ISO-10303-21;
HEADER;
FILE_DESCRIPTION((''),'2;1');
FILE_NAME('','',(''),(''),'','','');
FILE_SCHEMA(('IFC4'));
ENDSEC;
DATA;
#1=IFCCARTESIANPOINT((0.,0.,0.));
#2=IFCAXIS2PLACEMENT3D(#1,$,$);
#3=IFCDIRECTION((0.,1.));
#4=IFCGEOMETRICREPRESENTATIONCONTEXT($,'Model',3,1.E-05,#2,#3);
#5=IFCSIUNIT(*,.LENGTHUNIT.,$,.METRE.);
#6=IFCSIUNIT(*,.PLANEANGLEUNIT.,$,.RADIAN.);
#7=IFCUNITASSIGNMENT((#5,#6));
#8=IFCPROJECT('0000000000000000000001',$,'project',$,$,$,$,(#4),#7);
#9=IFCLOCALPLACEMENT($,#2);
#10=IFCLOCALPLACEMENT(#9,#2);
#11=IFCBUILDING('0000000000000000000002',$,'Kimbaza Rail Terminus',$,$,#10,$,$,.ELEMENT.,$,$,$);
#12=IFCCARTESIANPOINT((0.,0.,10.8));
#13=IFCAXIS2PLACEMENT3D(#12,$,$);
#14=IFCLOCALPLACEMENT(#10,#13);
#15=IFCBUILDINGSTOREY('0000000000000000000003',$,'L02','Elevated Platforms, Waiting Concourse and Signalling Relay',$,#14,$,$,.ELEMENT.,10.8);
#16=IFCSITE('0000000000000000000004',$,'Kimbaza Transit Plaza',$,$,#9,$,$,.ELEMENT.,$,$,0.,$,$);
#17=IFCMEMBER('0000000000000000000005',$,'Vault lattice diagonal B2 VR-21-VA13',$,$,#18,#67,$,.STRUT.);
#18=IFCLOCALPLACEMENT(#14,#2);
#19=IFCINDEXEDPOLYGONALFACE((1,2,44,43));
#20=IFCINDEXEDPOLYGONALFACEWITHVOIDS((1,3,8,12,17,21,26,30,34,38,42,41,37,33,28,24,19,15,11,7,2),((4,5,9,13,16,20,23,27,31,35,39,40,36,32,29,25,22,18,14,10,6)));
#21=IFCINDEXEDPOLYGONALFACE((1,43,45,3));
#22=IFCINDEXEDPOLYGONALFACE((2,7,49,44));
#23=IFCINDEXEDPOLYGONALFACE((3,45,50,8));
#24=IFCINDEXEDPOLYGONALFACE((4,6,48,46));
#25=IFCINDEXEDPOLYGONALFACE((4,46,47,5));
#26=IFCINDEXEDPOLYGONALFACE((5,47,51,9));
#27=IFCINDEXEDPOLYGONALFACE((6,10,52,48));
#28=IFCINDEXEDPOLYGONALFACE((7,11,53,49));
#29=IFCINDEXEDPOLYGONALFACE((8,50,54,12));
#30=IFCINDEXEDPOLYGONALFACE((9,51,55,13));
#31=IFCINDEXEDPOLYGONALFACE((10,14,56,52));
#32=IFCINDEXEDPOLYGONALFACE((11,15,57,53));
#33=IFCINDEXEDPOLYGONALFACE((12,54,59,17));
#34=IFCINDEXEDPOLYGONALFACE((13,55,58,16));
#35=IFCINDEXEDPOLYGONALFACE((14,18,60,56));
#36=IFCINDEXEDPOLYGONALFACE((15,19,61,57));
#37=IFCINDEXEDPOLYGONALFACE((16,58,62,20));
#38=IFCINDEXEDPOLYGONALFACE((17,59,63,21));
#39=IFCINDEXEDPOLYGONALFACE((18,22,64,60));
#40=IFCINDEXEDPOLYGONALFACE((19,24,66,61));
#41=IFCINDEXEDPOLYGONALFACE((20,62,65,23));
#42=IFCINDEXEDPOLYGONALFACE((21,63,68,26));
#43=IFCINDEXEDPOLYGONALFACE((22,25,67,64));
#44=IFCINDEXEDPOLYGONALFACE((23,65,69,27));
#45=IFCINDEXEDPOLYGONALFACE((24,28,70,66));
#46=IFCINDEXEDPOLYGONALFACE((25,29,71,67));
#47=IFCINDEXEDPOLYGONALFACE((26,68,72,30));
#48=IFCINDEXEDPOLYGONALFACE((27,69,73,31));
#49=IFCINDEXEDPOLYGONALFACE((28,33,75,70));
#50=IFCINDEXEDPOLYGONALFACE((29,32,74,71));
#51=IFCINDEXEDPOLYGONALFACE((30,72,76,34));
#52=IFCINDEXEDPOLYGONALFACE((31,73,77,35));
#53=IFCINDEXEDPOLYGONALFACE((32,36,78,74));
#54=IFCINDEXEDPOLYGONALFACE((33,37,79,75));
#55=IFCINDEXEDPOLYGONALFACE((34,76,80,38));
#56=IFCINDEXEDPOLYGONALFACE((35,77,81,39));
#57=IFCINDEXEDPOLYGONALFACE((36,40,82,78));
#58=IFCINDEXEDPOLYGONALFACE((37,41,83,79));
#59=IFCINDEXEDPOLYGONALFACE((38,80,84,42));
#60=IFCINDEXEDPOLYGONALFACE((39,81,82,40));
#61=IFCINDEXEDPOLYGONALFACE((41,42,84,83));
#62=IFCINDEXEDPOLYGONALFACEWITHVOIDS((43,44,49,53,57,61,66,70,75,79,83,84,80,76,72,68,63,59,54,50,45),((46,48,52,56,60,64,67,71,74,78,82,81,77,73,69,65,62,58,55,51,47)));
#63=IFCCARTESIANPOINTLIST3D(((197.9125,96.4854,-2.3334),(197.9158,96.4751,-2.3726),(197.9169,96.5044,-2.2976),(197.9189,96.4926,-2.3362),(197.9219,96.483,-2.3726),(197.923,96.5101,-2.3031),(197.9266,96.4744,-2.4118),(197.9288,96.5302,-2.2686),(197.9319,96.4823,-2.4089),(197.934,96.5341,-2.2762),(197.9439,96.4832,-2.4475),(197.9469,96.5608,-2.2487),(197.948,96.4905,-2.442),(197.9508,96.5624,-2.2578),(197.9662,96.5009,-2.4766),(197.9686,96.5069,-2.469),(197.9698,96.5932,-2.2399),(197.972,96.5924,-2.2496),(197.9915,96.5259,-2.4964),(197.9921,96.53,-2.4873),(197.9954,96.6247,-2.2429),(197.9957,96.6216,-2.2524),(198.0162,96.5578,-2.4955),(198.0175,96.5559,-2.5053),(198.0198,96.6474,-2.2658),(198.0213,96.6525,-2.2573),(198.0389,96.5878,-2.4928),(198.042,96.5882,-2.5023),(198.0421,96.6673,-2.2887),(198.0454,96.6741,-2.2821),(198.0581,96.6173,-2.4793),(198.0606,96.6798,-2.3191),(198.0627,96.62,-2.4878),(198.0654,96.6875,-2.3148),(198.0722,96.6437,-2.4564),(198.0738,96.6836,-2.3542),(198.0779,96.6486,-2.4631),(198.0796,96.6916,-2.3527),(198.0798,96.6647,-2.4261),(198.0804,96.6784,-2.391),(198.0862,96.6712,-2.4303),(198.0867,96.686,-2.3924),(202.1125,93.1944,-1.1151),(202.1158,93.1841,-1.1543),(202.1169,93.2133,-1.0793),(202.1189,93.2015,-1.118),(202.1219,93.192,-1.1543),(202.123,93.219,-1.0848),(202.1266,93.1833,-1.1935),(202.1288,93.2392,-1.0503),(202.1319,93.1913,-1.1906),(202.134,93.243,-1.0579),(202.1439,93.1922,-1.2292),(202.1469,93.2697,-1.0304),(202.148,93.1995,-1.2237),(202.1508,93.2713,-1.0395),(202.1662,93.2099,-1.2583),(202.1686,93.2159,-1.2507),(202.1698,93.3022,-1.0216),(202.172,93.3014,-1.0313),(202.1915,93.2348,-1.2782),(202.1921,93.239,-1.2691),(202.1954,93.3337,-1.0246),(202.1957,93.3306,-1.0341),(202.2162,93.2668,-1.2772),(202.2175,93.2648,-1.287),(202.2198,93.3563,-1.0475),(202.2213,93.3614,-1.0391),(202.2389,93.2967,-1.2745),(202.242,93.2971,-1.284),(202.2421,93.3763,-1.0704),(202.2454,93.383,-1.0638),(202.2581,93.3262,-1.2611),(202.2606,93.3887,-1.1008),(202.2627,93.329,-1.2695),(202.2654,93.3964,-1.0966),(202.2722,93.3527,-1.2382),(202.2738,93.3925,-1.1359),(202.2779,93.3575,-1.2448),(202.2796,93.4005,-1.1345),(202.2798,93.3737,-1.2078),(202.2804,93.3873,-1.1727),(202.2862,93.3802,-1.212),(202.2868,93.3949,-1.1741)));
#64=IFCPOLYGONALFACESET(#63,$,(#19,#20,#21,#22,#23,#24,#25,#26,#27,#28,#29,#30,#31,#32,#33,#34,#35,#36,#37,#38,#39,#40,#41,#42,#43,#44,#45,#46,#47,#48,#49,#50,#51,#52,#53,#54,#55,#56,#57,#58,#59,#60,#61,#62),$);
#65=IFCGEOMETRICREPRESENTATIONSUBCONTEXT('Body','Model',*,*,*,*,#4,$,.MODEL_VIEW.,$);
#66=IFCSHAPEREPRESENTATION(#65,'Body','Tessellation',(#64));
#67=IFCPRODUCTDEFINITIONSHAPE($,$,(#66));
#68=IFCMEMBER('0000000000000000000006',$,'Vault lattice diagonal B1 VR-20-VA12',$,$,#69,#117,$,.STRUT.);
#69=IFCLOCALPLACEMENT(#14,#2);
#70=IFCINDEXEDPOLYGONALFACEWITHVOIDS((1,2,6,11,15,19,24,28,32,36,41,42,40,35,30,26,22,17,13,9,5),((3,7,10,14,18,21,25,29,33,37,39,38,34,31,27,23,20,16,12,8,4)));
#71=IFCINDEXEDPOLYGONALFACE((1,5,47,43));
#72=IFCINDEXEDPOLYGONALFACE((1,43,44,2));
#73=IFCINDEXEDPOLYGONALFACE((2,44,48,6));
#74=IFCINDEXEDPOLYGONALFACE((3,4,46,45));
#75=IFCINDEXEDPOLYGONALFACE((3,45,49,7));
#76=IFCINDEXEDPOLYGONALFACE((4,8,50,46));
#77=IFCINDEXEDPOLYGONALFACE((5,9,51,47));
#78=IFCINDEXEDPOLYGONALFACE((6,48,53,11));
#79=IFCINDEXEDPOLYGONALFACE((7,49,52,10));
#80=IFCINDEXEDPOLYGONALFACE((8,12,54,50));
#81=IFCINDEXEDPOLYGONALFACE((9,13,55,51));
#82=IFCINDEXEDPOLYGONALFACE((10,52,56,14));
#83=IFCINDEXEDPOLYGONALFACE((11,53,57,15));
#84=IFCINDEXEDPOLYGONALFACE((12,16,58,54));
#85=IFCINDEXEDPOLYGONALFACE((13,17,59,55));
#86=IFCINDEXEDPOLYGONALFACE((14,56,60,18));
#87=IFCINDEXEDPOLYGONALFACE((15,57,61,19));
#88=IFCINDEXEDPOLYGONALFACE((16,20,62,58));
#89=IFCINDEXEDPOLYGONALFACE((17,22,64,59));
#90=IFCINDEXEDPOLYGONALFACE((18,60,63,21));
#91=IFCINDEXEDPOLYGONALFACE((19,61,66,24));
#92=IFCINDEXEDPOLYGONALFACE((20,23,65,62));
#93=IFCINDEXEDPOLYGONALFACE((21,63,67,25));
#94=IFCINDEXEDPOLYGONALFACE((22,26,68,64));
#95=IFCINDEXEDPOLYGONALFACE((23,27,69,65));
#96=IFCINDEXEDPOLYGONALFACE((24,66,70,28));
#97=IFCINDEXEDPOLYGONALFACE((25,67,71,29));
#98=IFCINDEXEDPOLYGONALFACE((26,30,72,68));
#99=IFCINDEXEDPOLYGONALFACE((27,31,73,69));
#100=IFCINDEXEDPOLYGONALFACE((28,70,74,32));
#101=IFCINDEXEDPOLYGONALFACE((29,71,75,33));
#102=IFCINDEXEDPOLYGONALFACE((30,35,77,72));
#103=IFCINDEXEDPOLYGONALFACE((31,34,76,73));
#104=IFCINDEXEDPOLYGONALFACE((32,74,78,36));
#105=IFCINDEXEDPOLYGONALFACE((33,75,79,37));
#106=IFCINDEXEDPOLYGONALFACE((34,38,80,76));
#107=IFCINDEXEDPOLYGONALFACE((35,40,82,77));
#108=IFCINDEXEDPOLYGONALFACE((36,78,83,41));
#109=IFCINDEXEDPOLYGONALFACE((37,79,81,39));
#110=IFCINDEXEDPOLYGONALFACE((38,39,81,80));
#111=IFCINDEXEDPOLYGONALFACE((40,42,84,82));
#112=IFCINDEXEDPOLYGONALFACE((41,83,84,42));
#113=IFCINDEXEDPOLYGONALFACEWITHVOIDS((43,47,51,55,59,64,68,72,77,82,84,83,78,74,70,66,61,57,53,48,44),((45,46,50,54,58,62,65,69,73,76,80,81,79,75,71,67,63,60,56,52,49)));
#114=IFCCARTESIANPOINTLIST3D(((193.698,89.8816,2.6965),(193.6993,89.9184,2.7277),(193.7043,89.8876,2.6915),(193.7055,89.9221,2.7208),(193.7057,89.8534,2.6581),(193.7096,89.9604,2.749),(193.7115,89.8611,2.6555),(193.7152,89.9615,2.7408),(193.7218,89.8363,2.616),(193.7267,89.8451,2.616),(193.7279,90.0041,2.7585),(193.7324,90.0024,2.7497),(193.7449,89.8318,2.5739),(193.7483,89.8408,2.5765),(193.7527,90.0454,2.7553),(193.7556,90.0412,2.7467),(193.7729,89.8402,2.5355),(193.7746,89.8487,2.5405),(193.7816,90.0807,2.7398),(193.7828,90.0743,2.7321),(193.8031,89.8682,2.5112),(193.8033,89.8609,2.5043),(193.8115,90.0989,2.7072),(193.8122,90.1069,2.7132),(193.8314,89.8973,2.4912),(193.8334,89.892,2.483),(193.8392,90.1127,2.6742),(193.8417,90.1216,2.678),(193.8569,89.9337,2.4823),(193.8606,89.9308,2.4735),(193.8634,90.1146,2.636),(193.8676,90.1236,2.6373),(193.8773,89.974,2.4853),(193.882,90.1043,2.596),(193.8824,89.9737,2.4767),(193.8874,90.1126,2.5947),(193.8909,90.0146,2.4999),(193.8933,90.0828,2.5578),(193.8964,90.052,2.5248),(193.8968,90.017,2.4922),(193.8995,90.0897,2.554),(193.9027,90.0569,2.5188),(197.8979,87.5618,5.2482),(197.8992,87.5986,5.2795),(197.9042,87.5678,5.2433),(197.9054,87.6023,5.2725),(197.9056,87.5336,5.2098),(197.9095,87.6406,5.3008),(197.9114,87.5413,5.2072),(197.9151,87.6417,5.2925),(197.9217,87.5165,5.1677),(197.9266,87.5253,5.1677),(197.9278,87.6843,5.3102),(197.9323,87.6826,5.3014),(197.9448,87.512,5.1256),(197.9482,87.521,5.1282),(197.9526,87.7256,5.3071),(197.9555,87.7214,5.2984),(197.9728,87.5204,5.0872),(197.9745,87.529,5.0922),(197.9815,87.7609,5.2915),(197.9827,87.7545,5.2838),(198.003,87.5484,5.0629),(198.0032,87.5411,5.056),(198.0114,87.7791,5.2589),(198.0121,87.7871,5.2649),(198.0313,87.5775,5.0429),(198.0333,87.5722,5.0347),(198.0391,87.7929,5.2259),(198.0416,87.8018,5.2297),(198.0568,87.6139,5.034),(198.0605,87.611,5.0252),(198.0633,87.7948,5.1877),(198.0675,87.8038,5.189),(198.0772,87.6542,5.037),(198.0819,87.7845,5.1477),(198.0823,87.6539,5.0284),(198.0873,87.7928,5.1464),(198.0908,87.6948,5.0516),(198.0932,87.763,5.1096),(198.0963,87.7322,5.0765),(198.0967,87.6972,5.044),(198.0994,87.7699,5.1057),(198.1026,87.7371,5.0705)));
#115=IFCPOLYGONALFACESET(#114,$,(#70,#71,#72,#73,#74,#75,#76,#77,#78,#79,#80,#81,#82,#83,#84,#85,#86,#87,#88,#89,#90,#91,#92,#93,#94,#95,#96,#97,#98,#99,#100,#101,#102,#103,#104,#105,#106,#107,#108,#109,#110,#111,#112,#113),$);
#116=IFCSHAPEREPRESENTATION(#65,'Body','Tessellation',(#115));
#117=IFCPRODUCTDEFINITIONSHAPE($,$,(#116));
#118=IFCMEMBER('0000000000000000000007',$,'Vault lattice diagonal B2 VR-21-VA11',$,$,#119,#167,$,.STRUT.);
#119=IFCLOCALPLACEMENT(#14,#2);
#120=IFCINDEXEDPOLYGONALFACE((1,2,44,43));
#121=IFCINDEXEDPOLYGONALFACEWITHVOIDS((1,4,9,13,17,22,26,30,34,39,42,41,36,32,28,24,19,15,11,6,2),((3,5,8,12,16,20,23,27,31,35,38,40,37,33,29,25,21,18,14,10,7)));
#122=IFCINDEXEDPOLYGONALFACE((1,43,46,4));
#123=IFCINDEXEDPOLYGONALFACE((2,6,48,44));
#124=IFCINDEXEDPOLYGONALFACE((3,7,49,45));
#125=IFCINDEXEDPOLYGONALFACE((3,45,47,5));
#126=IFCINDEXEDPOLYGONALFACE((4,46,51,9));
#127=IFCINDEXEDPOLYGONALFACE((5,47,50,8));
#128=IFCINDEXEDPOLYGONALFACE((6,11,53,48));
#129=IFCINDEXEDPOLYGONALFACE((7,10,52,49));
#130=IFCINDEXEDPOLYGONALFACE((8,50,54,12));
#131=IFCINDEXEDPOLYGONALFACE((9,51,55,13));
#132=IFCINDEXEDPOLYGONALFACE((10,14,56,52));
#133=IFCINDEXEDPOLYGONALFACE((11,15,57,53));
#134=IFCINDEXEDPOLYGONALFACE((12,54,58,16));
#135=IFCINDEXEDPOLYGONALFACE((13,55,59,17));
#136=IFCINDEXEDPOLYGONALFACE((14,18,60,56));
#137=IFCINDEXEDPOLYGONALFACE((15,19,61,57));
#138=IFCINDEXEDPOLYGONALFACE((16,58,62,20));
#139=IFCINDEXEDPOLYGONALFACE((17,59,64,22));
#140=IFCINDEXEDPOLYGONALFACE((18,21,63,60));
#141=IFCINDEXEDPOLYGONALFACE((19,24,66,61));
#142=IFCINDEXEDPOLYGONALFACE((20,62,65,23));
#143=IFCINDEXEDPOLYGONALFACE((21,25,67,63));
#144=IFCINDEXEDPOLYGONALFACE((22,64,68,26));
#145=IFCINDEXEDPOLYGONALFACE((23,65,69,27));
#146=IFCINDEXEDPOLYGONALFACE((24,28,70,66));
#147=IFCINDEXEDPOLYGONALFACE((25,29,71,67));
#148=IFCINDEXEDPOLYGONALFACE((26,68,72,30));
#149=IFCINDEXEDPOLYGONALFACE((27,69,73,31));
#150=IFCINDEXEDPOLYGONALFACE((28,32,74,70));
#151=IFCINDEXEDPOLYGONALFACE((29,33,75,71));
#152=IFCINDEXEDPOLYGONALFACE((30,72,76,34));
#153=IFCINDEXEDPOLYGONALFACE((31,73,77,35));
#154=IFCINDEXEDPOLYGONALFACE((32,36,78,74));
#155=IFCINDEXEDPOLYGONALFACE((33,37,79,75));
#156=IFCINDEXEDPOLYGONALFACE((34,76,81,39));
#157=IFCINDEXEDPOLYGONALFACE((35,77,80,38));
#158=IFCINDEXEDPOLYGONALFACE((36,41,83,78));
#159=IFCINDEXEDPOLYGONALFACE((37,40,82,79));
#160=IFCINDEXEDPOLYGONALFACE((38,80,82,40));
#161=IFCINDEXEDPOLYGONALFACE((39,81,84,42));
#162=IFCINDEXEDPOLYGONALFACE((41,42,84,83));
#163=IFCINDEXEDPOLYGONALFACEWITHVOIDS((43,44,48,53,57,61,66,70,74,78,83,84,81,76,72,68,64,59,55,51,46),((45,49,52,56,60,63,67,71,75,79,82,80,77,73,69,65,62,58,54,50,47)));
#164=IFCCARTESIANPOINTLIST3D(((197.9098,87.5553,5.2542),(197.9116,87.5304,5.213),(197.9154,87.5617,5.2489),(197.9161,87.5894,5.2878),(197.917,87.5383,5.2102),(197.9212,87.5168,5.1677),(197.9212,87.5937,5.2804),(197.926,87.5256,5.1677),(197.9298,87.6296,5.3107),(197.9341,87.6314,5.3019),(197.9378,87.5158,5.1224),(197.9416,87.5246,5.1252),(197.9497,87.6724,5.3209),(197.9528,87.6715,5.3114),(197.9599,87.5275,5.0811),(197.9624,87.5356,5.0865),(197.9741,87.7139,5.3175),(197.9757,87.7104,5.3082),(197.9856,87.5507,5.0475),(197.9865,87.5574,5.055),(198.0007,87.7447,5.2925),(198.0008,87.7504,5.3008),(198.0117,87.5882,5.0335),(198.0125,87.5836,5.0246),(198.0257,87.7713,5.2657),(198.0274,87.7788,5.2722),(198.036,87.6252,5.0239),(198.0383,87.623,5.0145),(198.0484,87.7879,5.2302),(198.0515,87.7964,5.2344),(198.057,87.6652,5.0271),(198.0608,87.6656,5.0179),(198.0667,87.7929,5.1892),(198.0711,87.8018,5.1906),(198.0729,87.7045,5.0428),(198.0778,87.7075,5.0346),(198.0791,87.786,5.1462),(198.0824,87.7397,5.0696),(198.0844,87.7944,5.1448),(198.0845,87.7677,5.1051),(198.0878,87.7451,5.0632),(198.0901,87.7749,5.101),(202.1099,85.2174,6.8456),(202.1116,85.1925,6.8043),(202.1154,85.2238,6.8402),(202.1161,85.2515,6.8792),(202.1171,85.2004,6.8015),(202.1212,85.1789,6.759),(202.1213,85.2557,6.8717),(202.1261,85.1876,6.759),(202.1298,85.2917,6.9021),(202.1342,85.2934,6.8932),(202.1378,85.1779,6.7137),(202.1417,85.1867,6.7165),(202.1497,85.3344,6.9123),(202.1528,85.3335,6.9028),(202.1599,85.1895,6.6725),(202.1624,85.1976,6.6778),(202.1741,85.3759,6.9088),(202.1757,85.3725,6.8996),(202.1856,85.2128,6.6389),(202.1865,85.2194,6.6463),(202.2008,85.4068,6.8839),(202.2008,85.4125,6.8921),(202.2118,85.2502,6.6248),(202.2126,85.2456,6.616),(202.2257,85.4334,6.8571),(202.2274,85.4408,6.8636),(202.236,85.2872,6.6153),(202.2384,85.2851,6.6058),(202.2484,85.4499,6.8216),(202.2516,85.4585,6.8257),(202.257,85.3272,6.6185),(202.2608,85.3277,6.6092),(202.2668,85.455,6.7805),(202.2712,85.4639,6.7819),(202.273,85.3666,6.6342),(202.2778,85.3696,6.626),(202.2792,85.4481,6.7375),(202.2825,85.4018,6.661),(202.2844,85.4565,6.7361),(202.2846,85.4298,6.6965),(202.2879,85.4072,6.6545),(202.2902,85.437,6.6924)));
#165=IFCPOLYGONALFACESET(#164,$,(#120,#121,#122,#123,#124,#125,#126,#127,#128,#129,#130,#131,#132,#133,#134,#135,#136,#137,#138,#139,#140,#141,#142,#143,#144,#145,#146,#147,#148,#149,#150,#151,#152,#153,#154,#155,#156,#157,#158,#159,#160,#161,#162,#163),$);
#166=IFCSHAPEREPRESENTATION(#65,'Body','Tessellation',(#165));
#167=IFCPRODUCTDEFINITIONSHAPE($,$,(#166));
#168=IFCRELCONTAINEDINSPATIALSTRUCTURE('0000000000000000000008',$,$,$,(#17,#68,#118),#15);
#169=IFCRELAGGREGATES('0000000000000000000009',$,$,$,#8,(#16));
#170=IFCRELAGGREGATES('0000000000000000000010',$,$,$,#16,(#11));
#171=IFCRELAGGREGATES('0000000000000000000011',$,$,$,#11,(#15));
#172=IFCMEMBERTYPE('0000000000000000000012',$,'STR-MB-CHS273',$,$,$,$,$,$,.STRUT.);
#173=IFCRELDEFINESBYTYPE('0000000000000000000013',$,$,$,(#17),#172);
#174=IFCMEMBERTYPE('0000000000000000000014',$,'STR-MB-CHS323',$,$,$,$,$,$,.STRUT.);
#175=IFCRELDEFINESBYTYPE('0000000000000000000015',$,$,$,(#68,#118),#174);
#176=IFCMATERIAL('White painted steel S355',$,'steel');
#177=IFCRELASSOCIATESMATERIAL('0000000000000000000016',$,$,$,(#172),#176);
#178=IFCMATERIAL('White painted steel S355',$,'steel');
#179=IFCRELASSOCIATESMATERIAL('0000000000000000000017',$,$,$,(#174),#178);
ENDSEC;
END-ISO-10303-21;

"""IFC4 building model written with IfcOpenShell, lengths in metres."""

from ifc_helpers import new_model, si_unit, direction, frame, origin, origin_2d, place, context, subcontext, project, spatial, hollow_circle, extrude, material, material_profile, profile_set, type_object, element, save


model = new_model("IFC4")

# Units and contexts
model_context = context("Model", 3, precision=1e-05, world=origin(), true_north=direction((0.0, 1.0)))
body_context = subcontext(model_context, "Body", "Model", "MODEL_VIEW")
ifc_project = project(units=[si_unit("LENGTHUNIT", "METRE"), si_unit("PLANEANGLEUNIT", "RADIAN")], contexts=[model_context])

# Site, building, storey
site_placement = place(None, origin())
site = spatial("IfcSite", under=ifc_project, at=site_placement, Name="Kimbaza Transit Plaza", CompositionType="ELEMENT", RefElevation=0.0)
building_placement = place(site_placement, origin())
building = spatial("IfcBuilding", under=site, at=building_placement, Name="Kimbaza Rail Terminus", CompositionType="ELEMENT")
storey_placement = place(building_placement, frame((0.0, 0.0, 10.8)))
storey = spatial("IfcBuildingStorey", under=building, at=storey_placement, Name="L02", Description="Elevated Platforms, Waiting Concourse and Signalling Relay", CompositionType="ELEMENT", Elevation=10.8)

# Members
ifc_material_1 = material(Name="White painted steel S355", Category="steel")
ifc_material_profile_1 = material_profile(ifc_material_1, hollow_circle(Radius=0.1365, WallThickness=0.01, at=origin_2d()), Name="CHS 273x10")
ifc_profile_set_1 = profile_set([ifc_material_profile_1], Name="White painted steel S355")
member_type_1 = type_object("IfcMemberType", Name="STR-MB-CHS273", PredefinedType="STRUT", material=ifc_profile_set_1)
for number, where, z_axis, x_axis, name in (
    (1, (202.2, 93.2915, -1.1543), (-0.767384, 0.60131, -0.222592), (-0.616784, -0.787132, 0.0), "Vault lattice diagonal B2 VR-21-VA13"),
):
    element("IfcMember", number, at=place(storey_placement, frame(where, z_axis=z_axis, x_axis=x_axis)), inside=storey, type_object=member_type_1, Name=name, PredefinedType="STRUT", context=body_context, shape_type="SweptSolid", body=[
        extrude(hollow_circle(Radius=0.1365, WallThickness=0.01, at=origin_2d()), origin(), (0.0, 0.0, 1.0), 5.4731),
    ])
ifc_material_2 = material(Name="White painted steel S355", Category="steel")
ifc_material_profile_2 = material_profile(ifc_material_2, hollow_circle(Radius=0.1619, WallThickness=0.01, at=origin_2d()), Name="CHS 323.9x10")
ifc_profile_set_2 = profile_set([ifc_material_profile_2], Name="White painted steel S355")
member_type_2 = type_object("IfcMemberType", Name="STR-MB-CHS323", PredefinedType="STRUT", material=ifc_profile_set_2)
member_1_placement = place(storey_placement, frame((198.0, 87.6582, 5.1677), z_axis=(-0.772846, 0.426878, -0.469557), x_axis=(-0.483494, -0.875348, 0.0)))
element("IfcMember", 2, at=member_1_placement, inside=storey, type_object=member_type_2, Name="Vault lattice diagonal B1 VR-20-VA12", PredefinedType="STRUT", context=body_context, shape_type="SweptSolid", body=[
    extrude(hollow_circle(Radius=0.1619, WallThickness=0.01, at=origin_2d()), origin(), (0.0, 0.0, 1.0), 5.4343),
])
member_2_placement = place(storey_placement, frame((202.2, 85.3203, 6.759), z_axis=(-0.82948, 0.461727, -0.314279), x_axis=(-0.486372, -0.873752, 0.0)))
element("IfcMember", 3, at=member_2_placement, inside=storey, type_object=member_type_2, Name="Vault lattice diagonal B2 VR-21-VA11", PredefinedType="STRUT", context=body_context, shape_type="SweptSolid", body=[
    extrude(hollow_circle(Radius=0.1619, WallThickness=0.01, at=origin_2d()), origin(), (0.0, 0.0, 1.0), 5.0635),
])

save(model, "model.ifc")
